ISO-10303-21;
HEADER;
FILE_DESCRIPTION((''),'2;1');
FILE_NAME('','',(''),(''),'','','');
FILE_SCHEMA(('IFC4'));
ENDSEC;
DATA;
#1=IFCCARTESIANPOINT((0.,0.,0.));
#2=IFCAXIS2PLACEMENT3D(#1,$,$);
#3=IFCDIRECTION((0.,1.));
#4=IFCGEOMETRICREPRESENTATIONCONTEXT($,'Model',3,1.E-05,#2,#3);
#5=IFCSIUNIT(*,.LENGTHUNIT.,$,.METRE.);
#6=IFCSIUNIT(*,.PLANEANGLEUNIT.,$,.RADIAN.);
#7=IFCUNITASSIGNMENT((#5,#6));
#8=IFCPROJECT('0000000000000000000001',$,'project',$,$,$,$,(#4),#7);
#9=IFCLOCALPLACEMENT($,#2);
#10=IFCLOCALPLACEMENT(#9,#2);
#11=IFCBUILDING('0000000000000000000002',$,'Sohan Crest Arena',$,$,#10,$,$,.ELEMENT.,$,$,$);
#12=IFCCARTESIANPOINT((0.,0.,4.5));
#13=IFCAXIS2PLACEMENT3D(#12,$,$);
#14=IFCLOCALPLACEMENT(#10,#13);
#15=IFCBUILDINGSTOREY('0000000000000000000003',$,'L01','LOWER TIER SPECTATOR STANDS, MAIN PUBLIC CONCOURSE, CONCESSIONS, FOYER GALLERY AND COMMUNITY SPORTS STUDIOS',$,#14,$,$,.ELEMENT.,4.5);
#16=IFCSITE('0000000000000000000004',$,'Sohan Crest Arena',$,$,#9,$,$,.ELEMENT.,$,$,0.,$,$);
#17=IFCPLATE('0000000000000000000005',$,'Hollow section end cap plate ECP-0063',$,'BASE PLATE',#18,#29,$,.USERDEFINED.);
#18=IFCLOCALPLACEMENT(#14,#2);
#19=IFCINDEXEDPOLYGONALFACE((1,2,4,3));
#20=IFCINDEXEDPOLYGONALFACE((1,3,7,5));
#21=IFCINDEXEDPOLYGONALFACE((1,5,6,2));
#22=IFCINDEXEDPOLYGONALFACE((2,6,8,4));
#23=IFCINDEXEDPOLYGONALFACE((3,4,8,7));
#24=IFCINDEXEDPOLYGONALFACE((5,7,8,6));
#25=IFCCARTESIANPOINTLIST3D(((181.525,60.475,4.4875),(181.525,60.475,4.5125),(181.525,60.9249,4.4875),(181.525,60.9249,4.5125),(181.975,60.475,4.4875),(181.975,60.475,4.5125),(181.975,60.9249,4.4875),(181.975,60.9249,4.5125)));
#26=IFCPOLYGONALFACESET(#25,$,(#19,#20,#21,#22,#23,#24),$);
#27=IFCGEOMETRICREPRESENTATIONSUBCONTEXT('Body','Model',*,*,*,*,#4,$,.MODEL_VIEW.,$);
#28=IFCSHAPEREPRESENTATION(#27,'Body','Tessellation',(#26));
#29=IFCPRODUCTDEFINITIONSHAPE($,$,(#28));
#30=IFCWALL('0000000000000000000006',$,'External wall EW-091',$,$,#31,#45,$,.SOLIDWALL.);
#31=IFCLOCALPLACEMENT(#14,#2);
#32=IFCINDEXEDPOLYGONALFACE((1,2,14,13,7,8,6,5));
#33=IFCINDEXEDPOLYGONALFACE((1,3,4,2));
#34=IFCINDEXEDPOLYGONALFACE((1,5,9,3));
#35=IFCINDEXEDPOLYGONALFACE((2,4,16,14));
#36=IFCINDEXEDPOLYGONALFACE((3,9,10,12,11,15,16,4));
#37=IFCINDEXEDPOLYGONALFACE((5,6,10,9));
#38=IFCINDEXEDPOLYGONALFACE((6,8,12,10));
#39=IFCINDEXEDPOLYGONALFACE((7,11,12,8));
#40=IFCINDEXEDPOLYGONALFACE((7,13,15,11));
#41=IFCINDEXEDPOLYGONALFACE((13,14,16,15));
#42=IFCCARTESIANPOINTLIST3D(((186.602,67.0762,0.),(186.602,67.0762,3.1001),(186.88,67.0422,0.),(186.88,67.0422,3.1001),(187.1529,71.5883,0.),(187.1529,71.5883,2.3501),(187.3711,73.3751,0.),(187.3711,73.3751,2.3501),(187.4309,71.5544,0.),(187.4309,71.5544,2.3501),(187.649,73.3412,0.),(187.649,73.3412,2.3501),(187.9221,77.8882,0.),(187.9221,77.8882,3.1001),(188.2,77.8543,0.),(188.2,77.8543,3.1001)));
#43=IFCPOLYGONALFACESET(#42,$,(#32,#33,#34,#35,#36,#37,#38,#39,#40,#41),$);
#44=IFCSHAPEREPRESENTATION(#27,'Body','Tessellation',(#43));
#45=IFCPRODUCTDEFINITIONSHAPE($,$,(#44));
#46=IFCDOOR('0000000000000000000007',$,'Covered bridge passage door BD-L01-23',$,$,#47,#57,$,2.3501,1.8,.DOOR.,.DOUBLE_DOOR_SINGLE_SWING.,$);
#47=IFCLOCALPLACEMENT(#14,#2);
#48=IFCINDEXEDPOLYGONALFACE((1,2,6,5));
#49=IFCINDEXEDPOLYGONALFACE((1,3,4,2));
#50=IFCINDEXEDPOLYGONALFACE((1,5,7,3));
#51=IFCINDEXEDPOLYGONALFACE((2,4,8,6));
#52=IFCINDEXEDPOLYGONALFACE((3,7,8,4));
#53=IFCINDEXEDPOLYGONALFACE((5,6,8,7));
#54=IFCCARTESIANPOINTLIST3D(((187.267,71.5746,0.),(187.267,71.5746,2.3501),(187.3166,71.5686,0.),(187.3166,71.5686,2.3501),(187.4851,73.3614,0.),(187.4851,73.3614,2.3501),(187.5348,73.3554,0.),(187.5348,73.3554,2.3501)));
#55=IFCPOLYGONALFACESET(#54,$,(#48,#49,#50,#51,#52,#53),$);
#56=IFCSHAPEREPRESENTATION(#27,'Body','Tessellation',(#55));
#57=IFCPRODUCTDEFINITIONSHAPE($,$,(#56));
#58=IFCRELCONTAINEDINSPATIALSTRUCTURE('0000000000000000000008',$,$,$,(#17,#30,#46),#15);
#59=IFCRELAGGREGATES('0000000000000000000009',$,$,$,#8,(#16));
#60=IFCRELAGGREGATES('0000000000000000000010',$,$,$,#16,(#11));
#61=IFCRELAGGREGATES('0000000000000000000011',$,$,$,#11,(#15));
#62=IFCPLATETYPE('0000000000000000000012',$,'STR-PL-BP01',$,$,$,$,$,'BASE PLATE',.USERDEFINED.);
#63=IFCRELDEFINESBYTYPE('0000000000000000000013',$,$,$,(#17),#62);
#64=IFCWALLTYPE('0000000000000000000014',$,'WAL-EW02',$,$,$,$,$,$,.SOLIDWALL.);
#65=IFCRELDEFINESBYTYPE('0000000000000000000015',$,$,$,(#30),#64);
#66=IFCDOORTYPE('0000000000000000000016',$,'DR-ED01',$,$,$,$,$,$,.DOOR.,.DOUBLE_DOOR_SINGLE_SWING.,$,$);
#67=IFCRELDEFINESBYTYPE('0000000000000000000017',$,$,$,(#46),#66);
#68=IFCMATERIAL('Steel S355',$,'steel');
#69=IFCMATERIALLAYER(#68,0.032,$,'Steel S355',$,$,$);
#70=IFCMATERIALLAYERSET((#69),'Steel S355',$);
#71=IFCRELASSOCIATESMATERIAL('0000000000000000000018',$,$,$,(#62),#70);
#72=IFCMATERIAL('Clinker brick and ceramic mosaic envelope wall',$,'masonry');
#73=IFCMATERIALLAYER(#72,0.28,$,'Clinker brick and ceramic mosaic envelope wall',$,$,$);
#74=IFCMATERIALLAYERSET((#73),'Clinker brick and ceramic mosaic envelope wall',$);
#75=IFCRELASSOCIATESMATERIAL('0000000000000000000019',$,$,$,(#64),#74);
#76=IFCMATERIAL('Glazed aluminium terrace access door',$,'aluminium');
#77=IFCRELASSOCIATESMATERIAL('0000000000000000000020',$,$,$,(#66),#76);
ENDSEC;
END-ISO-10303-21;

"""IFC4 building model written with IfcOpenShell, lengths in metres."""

from ifc_helpers import new_model, si_unit, direction, frame, frame_2d, origin, origin_2d, place, context, subcontext, project, spatial, rectangle, extrude, material, layer, layer_set, type_object, element, fill, save


model = new_model("IFC4")

# Units and contexts
model_context = context("Model", 3, precision=1e-05, world=origin(), true_north=direction((0.0, 1.0)))
body_context = subcontext(model_context, "Body", "Model", "MODEL_VIEW")
ifc_project = project(units=[si_unit("LENGTHUNIT", "METRE"), si_unit("PLANEANGLEUNIT", "RADIAN")], contexts=[model_context])

# Site, building, storey
site_placement = place(None, origin())
site = spatial("IfcSite", under=ifc_project, at=site_placement, Name="Sohan Crest Arena", CompositionType="ELEMENT", RefElevation=0.0)
building_placement = place(site_placement, origin())
building = spatial("IfcBuilding", under=site, at=building_placement, Name="Sohan Crest Arena", CompositionType="ELEMENT")
storey_placement = place(building_placement, frame((0.0, 0.0, 4.5)))
storey = spatial("IfcBuildingStorey", under=building, at=storey_placement, Name="L01", Description="LOWER TIER SPECTATOR STANDS, MAIN PUBLIC CONCOURSE, CONCESSIONS, FOYER GALLERY AND COMMUNITY SPORTS STUDIOS", CompositionType="ELEMENT", Elevation=4.5)

# Shared definitions
ifc_material_1 = material(Name="Steel S355", Category="steel")

# Plate
ifc_layer_1 = layer(ifc_material_1, 0.032, Name="Steel S355")
ifc_layer_set_1 = layer_set([ifc_layer_1], Name="Steel S355")
plate_type_1 = type_object("IfcPlateType", Name="STR-PL-BP01", ElementType="BASE PLATE", PredefinedType="USERDEFINED", material=ifc_layer_set_1)
for number, where, z_axis, x_axis, name in (
    (1, (181.75, 60.7, 4.4875), (0.0, 0.0, 1.0), (1.0, 0.0, 0.0), "Hollow section end cap plate ECP-0063"),
):
    element("IfcPlate", number, at=place(storey_placement, frame(where, z_axis=z_axis, x_axis=x_axis)), inside=storey, type_object=plate_type_1, Name=name, ObjectType="BASE PLATE", PredefinedType="USERDEFINED", context=body_context, shape_type="SweptSolid", body=[
        extrude(rectangle(XDim=0.45, YDim=0.45, at=origin_2d()), origin(), (0.0, 0.0, 1.0), 0.0249),
    ])

# Wall, opening, door
ifc_material_2 = material(Name="Clinker brick and ceramic mosaic envelope wall", Category="masonry")
ifc_layer_2 = layer(ifc_material_2, 0.28, Name="Clinker brick and ceramic mosaic envelope wall")
ifc_layer_set_2 = layer_set([ifc_layer_2], Name="Clinker brick and ceramic mosaic envelope wall")
wall_type = type_object("IfcWallType", Name="WAL-EW02", PredefinedType="SOLIDWALL", material=ifc_layer_set_2)
wall_placement = place(storey_placement, frame((186.741, 67.0591, 0.0), z_axis=(0.0, 0.0, 1.0), x_axis=(0.121193, 0.992629, 0.0)))
wall = element("IfcWall", 2, at=wall_placement, inside=storey, type_object=wall_type, Name="External wall EW-091", PredefinedType="SOLIDWALL", context=body_context, shape_type="SweptSolid", body=[
    extrude(rectangle(XDim=10.8923, YDim=0.28, at=frame_2d((5.4463, 0.0))), origin(), (0.0, 0.0, 1.0), 3.1001),
])
opening_placement = place(wall_placement, frame((4.5459, 0.0, 0.0)))
opening = element("IfcOpeningElement", 3, at=opening_placement, cuts=wall, PredefinedType="OPENING", context=body_context, shape_type="SweptSolid", body=[
    extrude(rectangle(XDim=1.8, YDim=2.3501, at=frame_2d((0.8999, 1.175))), frame((0.0, 0.1499, 0.0), z_axis=(0.0, -1.0, 0.0), x_axis=(1.0, 0.0, 0.0)), (0.0, 0.0, 1.0), 0.3),
])
ifc_material_3 = material(Name="Glazed aluminium terrace access door", Category="aluminium")
door_type = type_object("IfcDoorType", Name="DR-ED01", OperationType="DOUBLE_DOOR_SINGLE_SWING", PredefinedType="DOOR", material=ifc_material_3)
door_placement = place(opening_placement, frame((1.8, 0.0, 0.0), z_axis=(0.0, 0.0, 1.0), x_axis=(-1.0, 0.0, 0.0)))
door = element("IfcDoor", 4, at=door_placement, inside=storey, type_object=door_type, Name="Covered bridge passage door BD-L01-23", OperationType="DOUBLE_DOOR_SINGLE_SWING", OverallHeight=2.3501, OverallWidth=1.8, PredefinedType="DOOR", context=body_context, shape_type="SweptSolid", body=[
    extrude(rectangle(XDim=1.8, YDim=2.3501, at=frame_2d((0.8999, 1.175))), frame((0.0, 0.0249, 0.0), z_axis=(0.0, -1.0, 0.0), x_axis=(1.0, 0.0, 0.0)), (0.0, 0.0, 1.0), 0.05),
])
fill(opening, door)

save(model, "model.ifc")
